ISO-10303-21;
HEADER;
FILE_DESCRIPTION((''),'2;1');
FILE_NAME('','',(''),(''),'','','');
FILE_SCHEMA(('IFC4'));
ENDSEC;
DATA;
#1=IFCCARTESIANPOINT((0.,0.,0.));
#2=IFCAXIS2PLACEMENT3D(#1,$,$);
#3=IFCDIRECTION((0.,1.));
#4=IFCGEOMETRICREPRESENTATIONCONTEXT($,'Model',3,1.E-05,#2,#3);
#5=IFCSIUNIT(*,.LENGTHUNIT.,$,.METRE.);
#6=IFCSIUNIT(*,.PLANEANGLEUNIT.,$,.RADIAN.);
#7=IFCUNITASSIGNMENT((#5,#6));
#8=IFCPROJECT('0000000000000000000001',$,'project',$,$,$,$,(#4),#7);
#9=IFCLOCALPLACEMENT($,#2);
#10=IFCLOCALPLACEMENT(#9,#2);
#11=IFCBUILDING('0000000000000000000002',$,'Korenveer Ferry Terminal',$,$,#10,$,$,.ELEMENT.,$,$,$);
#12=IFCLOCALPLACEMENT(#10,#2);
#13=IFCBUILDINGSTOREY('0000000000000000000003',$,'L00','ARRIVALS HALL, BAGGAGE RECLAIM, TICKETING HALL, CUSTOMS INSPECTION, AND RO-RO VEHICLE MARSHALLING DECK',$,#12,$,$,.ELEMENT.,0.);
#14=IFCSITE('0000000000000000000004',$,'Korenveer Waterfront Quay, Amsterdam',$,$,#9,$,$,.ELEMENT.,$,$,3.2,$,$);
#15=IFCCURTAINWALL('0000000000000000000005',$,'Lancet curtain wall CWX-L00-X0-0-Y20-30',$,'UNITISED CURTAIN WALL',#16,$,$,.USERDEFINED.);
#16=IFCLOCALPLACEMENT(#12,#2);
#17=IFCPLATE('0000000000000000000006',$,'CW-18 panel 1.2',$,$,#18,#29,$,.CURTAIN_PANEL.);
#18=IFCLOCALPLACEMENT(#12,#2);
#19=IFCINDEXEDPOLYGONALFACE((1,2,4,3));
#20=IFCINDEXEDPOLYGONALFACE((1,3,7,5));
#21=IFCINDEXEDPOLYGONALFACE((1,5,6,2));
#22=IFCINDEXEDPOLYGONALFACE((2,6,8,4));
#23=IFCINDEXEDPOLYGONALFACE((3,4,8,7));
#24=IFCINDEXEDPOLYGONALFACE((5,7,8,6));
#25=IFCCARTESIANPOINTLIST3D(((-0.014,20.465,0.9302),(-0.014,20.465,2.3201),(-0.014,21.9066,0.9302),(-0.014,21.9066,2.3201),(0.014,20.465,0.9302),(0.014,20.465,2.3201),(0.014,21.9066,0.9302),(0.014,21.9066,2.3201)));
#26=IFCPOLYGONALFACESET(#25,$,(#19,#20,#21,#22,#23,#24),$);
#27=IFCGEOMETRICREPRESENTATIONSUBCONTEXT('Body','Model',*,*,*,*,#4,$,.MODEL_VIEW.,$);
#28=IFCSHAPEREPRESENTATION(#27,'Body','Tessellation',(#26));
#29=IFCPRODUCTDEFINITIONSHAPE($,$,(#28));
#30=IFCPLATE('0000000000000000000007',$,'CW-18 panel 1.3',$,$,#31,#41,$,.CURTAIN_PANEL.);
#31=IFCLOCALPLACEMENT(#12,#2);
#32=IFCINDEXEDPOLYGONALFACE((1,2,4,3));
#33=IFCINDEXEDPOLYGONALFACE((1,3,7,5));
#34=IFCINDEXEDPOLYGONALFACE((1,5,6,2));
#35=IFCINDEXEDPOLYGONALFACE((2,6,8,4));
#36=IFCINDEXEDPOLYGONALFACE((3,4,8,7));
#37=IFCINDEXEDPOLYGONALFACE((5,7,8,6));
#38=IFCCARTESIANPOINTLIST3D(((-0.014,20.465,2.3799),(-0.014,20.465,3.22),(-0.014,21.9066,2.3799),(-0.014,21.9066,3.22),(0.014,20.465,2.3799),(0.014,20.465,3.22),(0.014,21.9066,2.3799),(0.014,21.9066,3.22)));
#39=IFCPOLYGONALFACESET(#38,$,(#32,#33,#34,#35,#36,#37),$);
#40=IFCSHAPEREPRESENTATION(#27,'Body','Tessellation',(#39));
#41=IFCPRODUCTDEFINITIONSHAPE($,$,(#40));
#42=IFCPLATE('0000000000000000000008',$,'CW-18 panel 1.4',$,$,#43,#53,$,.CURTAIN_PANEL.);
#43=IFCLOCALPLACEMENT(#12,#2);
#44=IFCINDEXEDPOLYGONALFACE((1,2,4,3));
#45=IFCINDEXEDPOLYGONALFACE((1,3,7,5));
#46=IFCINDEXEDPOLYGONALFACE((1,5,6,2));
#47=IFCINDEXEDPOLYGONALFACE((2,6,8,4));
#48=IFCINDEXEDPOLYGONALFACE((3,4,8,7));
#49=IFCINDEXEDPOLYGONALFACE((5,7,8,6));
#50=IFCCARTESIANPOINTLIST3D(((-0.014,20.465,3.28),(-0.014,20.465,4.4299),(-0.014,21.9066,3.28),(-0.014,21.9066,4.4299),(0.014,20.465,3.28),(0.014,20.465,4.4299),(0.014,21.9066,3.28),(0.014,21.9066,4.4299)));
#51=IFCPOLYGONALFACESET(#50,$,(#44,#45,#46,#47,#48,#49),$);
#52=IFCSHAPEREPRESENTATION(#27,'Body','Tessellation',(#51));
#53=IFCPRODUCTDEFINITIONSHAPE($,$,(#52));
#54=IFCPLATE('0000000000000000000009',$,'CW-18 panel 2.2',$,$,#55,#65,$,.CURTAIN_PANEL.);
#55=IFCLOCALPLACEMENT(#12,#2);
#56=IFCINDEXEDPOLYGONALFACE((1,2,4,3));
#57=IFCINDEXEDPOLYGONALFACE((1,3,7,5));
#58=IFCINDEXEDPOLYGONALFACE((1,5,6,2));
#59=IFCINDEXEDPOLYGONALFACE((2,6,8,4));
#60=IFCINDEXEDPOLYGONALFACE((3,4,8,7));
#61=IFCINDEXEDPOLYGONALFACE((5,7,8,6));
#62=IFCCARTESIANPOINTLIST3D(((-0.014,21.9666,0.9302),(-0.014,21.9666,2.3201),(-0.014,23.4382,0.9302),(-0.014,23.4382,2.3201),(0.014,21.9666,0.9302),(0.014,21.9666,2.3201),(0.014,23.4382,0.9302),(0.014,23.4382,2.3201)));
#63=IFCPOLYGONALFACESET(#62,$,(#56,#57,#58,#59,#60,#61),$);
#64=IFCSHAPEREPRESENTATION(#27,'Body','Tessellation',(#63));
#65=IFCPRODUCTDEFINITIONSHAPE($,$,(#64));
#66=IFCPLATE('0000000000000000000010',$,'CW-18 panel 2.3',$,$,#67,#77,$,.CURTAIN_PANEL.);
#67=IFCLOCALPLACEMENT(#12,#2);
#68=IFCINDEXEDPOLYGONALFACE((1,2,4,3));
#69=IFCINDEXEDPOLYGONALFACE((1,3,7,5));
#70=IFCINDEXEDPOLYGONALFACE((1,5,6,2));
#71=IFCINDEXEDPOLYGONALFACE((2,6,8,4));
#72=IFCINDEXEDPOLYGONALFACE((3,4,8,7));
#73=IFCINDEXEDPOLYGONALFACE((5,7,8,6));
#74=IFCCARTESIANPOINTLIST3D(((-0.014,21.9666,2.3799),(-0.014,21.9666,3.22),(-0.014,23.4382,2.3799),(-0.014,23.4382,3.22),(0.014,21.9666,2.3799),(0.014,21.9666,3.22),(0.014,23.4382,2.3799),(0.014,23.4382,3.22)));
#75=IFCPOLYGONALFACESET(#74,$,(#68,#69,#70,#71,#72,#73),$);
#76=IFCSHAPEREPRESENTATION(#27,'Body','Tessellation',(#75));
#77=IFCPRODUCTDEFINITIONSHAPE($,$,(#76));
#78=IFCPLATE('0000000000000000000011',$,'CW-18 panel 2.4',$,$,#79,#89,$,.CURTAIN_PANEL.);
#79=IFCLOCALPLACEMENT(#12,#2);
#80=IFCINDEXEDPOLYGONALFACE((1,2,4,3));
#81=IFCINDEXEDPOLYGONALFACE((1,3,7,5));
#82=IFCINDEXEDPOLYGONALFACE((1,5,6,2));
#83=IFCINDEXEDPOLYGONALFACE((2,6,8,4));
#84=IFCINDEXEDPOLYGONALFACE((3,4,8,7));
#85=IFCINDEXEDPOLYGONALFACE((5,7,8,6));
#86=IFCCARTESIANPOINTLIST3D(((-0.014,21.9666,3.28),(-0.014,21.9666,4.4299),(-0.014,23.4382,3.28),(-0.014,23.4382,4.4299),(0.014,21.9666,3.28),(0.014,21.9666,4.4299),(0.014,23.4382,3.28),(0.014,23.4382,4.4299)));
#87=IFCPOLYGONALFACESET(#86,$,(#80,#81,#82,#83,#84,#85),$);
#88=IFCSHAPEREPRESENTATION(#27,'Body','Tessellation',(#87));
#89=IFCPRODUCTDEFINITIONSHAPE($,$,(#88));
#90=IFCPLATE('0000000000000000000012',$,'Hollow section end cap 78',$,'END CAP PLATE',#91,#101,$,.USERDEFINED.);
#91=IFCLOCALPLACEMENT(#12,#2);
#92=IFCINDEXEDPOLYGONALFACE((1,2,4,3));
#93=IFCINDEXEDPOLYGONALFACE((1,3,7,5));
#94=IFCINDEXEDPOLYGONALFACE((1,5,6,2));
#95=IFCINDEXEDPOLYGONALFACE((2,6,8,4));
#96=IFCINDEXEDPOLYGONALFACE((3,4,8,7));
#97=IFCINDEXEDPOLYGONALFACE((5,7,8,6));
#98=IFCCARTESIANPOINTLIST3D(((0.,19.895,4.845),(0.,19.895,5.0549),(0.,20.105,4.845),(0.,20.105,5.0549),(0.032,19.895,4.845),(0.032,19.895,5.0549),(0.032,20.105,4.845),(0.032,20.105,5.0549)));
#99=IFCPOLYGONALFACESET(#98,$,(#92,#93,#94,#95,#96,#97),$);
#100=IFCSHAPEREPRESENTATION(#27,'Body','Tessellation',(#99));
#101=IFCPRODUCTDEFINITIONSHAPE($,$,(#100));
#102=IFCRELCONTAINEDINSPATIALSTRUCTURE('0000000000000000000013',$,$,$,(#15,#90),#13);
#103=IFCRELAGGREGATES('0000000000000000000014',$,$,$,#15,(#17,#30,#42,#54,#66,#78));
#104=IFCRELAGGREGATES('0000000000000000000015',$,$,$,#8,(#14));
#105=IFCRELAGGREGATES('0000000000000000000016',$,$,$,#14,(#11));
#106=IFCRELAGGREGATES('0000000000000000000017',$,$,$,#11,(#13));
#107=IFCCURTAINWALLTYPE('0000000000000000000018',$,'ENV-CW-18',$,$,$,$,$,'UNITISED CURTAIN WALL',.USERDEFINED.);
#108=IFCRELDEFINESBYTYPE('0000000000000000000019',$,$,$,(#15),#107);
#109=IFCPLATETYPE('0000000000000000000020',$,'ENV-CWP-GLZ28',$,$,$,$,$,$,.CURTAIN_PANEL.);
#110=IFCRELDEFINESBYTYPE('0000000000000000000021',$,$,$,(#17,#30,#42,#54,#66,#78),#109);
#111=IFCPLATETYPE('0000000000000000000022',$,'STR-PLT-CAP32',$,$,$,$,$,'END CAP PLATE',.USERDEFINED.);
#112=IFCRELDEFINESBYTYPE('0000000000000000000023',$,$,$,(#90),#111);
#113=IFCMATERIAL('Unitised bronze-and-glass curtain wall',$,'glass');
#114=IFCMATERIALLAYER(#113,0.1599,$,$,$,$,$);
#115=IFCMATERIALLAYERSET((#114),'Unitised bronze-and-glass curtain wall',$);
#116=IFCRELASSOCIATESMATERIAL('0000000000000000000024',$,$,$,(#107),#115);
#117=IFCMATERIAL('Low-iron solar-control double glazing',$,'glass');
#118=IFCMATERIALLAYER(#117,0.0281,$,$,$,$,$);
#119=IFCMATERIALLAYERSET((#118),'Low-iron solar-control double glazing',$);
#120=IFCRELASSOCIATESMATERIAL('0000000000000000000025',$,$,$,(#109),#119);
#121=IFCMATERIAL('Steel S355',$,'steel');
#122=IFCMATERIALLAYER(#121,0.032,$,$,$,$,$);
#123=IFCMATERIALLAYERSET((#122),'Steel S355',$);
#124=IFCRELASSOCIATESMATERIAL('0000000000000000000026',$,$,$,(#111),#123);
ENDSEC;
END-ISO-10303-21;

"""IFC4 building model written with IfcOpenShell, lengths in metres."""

from ifc_helpers import new_model, si_unit, direction, frame, origin, origin_2d, place, context, subcontext, project, spatial, rectangle, extrude, material, layer, layer_set, type_object, element, aggregate, save


model = new_model("IFC4")

# Units and contexts
model_context = context("Model", 3, precision=1e-05, world=origin(), true_north=direction((0.0, 1.0)))
body_context = subcontext(model_context, "Body", "Model", "MODEL_VIEW")
ifc_project = project(units=[si_unit("LENGTHUNIT", "METRE"), si_unit("PLANEANGLEUNIT", "RADIAN")], contexts=[model_context])

# Site, building, storey
site_placement = place(None, origin())
site = spatial("IfcSite", under=ifc_project, at=site_placement, Name="Korenveer Waterfront Quay, Amsterdam", CompositionType="ELEMENT", RefElevation=3.2)
building_placement = place(site_placement, origin())
building = spatial("IfcBuilding", under=site, at=building_placement, Name="Korenveer Ferry Terminal", CompositionType="ELEMENT")
storey_placement = place(building_placement, origin())
storey = spatial("IfcBuildingStorey", under=building, at=storey_placement, Name="L00", Description="ARRIVALS HALL, BAGGAGE RECLAIM, TICKETING HALL, CUSTOMS INSPECTION, AND RO-RO VEHICLE MARSHALLING DECK", CompositionType="ELEMENT", Elevation=0.0)

# Curtain wall
ifc_material_1 = material(Name="Unitised bronze-and-glass curtain wall", Category="glass")
ifc_layer_1 = layer(ifc_material_1, 0.1599)
ifc_layer_set_1 = layer_set([ifc_layer_1], Name="Unitised bronze-and-glass curtain wall")
curtain_wall_type = type_object("IfcCurtainWallType", Name="ENV-CW-18", ElementType="UNITISED CURTAIN WALL", PredefinedType="USERDEFINED", material=ifc_layer_set_1)
curtain_wall_placement = place(storey_placement, frame((0.0, 20.405, 0.0)))
curtain_wall = element("IfcCurtainWall", 1, at=curtain_wall_placement, inside=storey, type_object=curtain_wall_type, Name="Lancet curtain wall CWX-L00-X0-0-Y20-30", ObjectType="UNITISED CURTAIN WALL", PredefinedType="USERDEFINED")

# Shared definitions
ifc_material_2 = material(Name="Steel S355", Category="steel")

# Plates
ifc_material_3 = material(Name="Low-iron solar-control double glazing", Category="glass")
ifc_layer_2 = layer(ifc_material_3, 0.0281)
ifc_layer_set_2 = layer_set([ifc_layer_2], Name="Low-iron solar-control double glazing")
plate_type_1 = type_object("IfcPlateType", Name="ENV-CWP-GLZ28", PredefinedType="CURTAIN_PANEL", material=ifc_layer_set_2)
plate_1_placement = place(storey_placement, frame((0.0, 21.1858, 0.9302), z_axis=(0.0, 0.0, 1.0), x_axis=(0.0, 1.0, 0.0)))
plate_1 = element("IfcPlate", 2, at=plate_1_placement, type_object=plate_type_1, Name="CW-18 panel 1.2", PredefinedType="CURTAIN_PANEL", context=body_context, shape_type="SweptSolid", body=[
    extrude(rectangle(XDim=1.4417, YDim=0.0281, at=origin_2d()), origin(), (0.0, 0.0, 1.0), 1.3899),
])
plate_2_placement = place(storey_placement, frame((0.0, 21.1858, 2.3799), z_axis=(0.0, 0.0, 1.0), x_axis=(0.0, 1.0, 0.0)))
plate_2 = element("IfcPlate", 3, at=plate_2_placement, type_object=plate_type_1, Name="CW-18 panel 1.3", PredefinedType="CURTAIN_PANEL", context=body_context, shape_type="SweptSolid", body=[
    extrude(rectangle(XDim=1.4417, YDim=0.0281, at=origin_2d()), origin(), (0.0, 0.0, 1.0), 0.8401),
])
plate_3_placement = place(storey_placement, frame((0.0, 21.1858, 3.28), z_axis=(0.0, 0.0, 1.0), x_axis=(0.0, 1.0, 0.0)))
plate_3 = element("IfcPlate", 4, at=plate_3_placement, type_object=plate_type_1, Name="CW-18 panel 1.4", PredefinedType="CURTAIN_PANEL", context=body_context, shape_type="SweptSolid", body=[
    extrude(rectangle(XDim=1.4417, YDim=0.0281, at=origin_2d()), origin(), (0.0, 0.0, 1.0), 1.1499),
])
plate_4_placement = place(storey_placement, frame((0.0, 22.7024, 0.9302), z_axis=(0.0, 0.0, 1.0), x_axis=(0.0, 1.0, 0.0)))
plate_4 = element("IfcPlate", 5, at=plate_4_placement, type_object=plate_type_1, Name="CW-18 panel 2.2", PredefinedType="CURTAIN_PANEL", context=body_context, shape_type="SweptSolid", body=[
    extrude(rectangle(XDim=1.4717, YDim=0.0281, at=origin_2d()), origin(), (0.0, 0.0, 1.0), 1.3899),
])
plate_5_placement = place(storey_placement, frame((0.0, 22.7024, 2.3799), z_axis=(0.0, 0.0, 1.0), x_axis=(0.0, 1.0, 0.0)))
plate_5 = element("IfcPlate", 6, at=plate_5_placement, type_object=plate_type_1, Name="CW-18 panel 2.3", PredefinedType="CURTAIN_PANEL", context=body_context, shape_type="SweptSolid", body=[
    extrude(rectangle(XDim=1.4717, YDim=0.0281, at=origin_2d()), origin(), (0.0, 0.0, 1.0), 0.8401),
])
plate_6_placement = place(storey_placement, frame((0.0, 22.7024, 3.28), z_axis=(0.0, 0.0, 1.0), x_axis=(0.0, 1.0, 0.0)))
plate_6 = element("IfcPlate", 7, at=plate_6_placement, type_object=plate_type_1, Name="CW-18 panel 2.4", PredefinedType="CURTAIN_PANEL", context=body_context, shape_type="SweptSolid", body=[
    extrude(rectangle(XDim=1.4717, YDim=0.0281, at=origin_2d()), origin(), (0.0, 0.0, 1.0), 1.1499),
])
aggregate(curtain_wall, [plate_1, plate_2, plate_3, plate_4, plate_5, plate_6])
ifc_layer_3 = layer(ifc_material_2, 0.032)
ifc_layer_set_3 = layer_set([ifc_layer_3], Name="Steel S355")
plate_type_2 = type_object("IfcPlateType", Name="STR-PLT-CAP32", ElementType="END CAP PLATE", PredefinedType="USERDEFINED", material=ifc_layer_set_3)
plate_7_placement = place(storey_placement, frame((0.0, 20.0, 4.95), z_axis=(1.0, 0.0, 0.0), x_axis=(0.0, 1.0, 0.0)))
element("IfcPlate", 8, at=plate_7_placement, inside=storey, type_object=plate_type_2, Name="Hollow section end cap 78", ObjectType="END CAP PLATE", PredefinedType="USERDEFINED", context=body_context, shape_type="SweptSolid", body=[
    extrude(rectangle(XDim=0.21, YDim=0.21, at=origin_2d()), origin(), (0.0, 0.0, 1.0), 0.032),
])

save(model, "model.ifc")
